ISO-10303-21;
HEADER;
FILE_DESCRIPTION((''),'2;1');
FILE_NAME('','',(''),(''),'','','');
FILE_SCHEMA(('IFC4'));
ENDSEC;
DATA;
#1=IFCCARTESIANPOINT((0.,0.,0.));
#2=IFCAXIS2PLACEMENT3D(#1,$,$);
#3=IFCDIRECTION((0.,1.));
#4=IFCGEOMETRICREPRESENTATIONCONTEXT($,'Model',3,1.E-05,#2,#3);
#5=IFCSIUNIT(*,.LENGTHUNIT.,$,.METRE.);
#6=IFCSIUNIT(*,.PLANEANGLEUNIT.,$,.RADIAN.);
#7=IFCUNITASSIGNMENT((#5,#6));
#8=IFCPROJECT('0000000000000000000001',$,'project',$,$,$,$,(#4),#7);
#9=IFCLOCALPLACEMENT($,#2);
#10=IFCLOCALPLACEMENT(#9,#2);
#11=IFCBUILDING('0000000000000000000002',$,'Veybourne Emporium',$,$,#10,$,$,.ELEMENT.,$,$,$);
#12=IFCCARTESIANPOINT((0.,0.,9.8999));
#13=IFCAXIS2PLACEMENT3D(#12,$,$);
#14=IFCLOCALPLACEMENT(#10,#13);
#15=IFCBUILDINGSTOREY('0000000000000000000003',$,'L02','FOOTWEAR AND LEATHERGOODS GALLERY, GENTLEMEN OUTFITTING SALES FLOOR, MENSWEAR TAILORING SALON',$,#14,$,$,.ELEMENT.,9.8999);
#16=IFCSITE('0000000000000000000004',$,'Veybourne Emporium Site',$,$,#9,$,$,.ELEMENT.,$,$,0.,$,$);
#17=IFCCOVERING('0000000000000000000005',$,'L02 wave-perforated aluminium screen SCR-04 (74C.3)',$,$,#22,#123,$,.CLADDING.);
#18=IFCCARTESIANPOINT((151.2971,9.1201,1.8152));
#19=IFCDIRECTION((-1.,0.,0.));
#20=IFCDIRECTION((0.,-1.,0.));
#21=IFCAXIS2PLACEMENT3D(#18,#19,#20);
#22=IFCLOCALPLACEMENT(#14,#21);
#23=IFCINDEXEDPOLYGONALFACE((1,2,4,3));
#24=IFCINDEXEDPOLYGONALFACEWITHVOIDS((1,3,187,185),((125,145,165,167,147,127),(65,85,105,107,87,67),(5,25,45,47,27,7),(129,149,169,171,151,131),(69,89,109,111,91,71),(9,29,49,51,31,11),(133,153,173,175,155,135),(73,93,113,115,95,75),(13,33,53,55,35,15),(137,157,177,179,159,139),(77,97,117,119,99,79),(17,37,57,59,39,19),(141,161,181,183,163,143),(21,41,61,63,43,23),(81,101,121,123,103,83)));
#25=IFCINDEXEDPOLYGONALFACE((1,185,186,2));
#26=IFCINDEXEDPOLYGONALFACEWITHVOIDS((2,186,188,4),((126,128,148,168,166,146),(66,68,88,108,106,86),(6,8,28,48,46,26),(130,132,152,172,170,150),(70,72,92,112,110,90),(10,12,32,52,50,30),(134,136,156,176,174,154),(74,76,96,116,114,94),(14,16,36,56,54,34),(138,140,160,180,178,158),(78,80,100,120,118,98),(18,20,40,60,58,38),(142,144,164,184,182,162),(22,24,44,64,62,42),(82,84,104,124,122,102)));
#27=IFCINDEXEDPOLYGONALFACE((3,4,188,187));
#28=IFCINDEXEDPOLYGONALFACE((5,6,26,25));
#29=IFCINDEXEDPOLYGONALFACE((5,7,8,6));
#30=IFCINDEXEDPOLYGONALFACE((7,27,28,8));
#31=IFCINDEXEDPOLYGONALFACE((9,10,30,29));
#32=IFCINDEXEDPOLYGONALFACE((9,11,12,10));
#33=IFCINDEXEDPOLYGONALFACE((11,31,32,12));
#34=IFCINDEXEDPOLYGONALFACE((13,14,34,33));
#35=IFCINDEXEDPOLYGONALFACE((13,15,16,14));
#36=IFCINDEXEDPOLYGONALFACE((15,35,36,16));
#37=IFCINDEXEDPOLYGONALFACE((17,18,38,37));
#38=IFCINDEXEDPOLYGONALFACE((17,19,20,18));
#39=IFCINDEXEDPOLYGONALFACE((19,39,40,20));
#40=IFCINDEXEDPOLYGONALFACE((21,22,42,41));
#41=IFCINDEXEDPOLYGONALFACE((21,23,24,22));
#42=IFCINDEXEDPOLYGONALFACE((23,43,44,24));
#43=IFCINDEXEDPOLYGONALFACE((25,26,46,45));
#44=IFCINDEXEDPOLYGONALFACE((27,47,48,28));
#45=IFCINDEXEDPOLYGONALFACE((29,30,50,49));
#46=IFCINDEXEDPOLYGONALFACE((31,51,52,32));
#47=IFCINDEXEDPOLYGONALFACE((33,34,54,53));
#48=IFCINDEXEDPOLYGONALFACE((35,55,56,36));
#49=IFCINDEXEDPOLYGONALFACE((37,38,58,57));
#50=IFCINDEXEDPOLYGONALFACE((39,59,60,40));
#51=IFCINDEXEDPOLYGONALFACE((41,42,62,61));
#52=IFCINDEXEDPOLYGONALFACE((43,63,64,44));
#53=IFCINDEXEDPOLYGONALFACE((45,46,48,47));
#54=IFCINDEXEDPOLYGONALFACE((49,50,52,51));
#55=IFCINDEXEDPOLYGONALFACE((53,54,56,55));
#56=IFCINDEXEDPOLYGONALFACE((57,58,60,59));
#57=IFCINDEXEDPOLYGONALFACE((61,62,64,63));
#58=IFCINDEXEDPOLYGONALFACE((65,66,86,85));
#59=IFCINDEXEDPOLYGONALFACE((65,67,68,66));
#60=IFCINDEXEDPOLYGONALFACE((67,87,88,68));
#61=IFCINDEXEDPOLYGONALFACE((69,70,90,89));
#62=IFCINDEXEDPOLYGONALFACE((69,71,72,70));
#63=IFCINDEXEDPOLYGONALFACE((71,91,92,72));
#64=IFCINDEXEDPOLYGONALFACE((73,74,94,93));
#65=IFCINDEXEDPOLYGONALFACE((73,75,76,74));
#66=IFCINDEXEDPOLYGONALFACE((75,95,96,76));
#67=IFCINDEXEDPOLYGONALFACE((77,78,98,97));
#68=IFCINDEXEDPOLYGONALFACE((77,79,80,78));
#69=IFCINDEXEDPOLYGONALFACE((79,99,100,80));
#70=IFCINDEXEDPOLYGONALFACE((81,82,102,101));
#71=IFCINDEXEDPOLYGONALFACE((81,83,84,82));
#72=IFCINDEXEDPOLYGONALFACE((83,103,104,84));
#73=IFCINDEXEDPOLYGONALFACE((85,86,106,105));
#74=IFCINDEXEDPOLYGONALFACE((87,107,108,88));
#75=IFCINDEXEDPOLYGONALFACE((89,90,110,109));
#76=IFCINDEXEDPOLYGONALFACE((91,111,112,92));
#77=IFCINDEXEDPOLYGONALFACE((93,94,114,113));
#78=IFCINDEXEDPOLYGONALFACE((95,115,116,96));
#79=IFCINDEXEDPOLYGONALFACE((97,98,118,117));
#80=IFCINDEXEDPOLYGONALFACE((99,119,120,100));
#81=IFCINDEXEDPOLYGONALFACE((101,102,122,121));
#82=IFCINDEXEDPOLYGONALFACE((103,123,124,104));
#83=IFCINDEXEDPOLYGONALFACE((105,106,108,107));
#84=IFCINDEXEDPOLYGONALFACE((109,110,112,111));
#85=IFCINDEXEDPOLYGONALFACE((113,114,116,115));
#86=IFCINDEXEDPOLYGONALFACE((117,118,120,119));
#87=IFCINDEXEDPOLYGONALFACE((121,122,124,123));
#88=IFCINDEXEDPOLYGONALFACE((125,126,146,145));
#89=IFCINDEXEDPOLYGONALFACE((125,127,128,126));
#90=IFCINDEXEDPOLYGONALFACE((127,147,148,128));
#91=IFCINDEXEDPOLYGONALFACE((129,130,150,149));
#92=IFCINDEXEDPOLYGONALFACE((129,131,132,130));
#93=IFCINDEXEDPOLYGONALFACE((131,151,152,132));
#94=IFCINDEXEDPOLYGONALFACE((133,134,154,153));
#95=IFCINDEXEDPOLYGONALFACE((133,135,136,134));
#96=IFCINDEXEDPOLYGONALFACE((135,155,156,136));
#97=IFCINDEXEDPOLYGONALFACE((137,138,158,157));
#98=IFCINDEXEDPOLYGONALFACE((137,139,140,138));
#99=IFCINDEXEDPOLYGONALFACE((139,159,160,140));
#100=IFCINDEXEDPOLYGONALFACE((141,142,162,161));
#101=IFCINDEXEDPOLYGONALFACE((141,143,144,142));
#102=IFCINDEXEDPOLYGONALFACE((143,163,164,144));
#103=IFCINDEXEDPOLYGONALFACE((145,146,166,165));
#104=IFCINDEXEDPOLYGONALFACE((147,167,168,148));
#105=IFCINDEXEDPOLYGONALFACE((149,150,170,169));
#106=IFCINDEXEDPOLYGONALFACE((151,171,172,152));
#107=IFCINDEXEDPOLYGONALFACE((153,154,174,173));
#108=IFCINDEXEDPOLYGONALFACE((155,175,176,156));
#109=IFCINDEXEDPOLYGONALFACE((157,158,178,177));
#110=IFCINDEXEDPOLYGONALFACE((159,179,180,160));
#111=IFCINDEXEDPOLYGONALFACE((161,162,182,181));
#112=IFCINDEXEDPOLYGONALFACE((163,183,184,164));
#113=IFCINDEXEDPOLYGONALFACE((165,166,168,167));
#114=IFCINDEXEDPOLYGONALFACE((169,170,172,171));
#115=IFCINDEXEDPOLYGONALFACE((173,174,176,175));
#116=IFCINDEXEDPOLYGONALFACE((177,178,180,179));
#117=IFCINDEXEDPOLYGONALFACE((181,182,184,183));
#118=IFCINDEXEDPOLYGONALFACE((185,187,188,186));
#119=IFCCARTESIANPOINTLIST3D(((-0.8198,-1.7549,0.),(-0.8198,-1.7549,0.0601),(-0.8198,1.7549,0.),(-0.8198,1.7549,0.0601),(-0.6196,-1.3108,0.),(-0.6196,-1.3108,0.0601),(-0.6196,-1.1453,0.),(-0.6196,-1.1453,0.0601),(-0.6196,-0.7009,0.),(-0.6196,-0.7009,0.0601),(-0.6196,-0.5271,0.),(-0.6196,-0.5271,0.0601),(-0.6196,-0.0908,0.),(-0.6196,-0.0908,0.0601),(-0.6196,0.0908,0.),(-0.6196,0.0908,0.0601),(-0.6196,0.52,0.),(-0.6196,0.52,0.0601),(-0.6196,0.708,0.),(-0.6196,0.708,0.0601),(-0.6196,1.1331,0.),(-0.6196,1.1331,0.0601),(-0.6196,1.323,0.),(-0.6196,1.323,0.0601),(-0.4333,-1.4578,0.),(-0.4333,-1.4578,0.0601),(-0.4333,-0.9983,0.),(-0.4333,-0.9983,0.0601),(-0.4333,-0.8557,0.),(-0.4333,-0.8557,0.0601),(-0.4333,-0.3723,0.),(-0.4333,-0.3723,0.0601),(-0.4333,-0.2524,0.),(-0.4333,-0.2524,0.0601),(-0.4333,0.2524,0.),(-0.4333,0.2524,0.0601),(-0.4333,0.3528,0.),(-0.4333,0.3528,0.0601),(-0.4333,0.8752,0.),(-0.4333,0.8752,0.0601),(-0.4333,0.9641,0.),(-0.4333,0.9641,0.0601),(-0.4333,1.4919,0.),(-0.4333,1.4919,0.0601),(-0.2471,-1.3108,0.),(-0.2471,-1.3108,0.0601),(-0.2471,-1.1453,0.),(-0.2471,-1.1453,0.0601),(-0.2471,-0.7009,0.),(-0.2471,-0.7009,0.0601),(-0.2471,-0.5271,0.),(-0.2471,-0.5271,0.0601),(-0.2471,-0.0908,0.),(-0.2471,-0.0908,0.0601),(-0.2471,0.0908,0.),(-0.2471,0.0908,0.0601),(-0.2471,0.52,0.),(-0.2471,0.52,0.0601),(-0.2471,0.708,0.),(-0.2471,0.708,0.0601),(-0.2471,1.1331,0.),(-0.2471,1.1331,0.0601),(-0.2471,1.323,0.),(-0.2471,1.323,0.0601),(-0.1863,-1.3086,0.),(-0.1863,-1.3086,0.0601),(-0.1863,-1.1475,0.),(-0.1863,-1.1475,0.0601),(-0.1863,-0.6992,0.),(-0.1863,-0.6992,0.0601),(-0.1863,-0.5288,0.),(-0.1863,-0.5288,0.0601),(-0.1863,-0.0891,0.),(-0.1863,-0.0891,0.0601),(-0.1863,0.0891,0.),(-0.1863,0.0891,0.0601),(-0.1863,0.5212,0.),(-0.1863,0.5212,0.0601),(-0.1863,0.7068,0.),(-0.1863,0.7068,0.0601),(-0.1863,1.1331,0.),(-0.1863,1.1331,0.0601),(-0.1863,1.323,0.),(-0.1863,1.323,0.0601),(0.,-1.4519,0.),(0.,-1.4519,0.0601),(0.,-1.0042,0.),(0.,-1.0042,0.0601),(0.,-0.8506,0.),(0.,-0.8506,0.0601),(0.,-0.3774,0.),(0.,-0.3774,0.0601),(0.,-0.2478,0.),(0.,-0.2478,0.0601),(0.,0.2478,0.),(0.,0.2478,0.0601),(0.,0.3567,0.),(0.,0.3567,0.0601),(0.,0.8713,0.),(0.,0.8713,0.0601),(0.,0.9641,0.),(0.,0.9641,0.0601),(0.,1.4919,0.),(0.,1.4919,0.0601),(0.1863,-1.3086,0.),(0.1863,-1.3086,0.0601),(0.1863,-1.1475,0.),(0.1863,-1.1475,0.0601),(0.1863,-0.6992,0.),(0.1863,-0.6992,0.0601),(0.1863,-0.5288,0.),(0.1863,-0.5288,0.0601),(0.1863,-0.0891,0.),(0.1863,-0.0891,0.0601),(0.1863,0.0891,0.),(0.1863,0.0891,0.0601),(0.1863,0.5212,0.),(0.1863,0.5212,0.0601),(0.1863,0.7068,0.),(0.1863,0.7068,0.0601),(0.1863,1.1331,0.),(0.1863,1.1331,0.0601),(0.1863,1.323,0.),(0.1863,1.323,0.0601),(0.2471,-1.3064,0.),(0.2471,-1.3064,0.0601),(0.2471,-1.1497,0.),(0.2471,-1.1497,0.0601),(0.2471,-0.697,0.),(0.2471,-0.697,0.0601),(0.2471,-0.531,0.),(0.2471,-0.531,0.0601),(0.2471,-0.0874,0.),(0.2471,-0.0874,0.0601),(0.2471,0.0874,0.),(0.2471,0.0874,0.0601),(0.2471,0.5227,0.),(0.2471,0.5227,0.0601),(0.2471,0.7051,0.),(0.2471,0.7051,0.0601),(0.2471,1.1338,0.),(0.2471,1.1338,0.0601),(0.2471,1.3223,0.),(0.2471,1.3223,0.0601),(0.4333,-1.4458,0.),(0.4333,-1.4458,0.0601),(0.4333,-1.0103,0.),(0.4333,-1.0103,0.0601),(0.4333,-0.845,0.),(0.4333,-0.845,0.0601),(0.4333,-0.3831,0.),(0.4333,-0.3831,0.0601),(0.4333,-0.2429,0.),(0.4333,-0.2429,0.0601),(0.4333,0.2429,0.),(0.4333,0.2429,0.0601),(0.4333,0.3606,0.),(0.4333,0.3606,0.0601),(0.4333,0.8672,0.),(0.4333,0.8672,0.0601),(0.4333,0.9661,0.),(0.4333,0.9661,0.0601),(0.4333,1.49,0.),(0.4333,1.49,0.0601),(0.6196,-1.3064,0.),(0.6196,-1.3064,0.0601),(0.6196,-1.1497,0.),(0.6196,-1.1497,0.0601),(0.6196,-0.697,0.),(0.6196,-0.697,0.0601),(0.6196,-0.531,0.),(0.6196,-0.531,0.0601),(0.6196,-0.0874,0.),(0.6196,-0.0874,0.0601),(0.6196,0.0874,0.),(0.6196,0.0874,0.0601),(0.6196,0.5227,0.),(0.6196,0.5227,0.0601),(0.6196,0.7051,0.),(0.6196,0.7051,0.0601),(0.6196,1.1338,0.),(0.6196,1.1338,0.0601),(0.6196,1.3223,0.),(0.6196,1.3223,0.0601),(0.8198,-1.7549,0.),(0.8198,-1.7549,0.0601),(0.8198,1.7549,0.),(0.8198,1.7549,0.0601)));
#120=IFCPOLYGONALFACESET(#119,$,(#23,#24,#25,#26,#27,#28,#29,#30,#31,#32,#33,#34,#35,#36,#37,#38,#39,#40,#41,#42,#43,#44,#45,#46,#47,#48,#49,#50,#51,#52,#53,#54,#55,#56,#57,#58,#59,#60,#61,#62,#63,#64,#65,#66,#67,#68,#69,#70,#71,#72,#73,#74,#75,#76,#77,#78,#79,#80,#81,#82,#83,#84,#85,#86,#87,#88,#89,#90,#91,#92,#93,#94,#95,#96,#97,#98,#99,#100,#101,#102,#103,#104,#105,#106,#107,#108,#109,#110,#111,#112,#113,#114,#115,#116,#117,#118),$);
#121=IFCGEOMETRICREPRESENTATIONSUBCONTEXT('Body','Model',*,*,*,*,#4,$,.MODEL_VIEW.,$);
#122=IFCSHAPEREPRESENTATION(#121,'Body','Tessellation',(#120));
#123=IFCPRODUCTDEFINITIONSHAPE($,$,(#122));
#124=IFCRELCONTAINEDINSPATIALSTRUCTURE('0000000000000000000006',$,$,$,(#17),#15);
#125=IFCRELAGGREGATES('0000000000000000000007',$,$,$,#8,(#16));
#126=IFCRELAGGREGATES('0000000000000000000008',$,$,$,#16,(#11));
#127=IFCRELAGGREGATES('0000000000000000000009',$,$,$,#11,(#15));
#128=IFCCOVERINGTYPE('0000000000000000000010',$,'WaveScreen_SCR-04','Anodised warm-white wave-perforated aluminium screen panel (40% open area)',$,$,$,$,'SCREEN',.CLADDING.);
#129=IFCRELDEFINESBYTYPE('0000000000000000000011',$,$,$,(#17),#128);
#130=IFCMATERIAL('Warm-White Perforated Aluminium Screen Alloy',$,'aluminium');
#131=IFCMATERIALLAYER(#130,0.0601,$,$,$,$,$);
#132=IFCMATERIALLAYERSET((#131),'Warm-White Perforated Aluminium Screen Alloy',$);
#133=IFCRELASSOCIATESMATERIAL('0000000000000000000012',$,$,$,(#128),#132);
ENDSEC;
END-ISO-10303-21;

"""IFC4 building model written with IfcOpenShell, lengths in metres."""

from ifc_helpers import new_model, si_unit, direction, frame, origin, place, context, subcontext, project, spatial, polyline, outline, extrude, material, layer, layer_set, type_object, element, save


model = new_model("IFC4")

# Units and contexts
model_context = context("Model", 3, precision=1e-05, world=origin(), true_north=direction((0.0, 1.0)))
body_context = subcontext(model_context, "Body", "Model", "MODEL_VIEW")
ifc_project = project(units=[si_unit("LENGTHUNIT", "METRE"), si_unit("PLANEANGLEUNIT", "RADIAN")], contexts=[model_context])

# Site, building, storey
site_placement = place(None, origin())
site = spatial("IfcSite", under=ifc_project, at=site_placement, Name="Veybourne Emporium Site", CompositionType="ELEMENT", RefElevation=0.0)
building_placement = place(site_placement, origin())
building = spatial("IfcBuilding", under=site, at=building_placement, Name="Veybourne Emporium", CompositionType="ELEMENT")
storey_placement = place(building_placement, frame((0.0, 0.0, 9.8999)))
storey = spatial("IfcBuildingStorey", under=building, at=storey_placement, Name="L02", Description="FOOTWEAR AND LEATHERGOODS GALLERY, GENTLEMEN OUTFITTING SALES FLOOR, MENSWEAR TAILORING SALON", CompositionType="ELEMENT", Elevation=9.8999)

# Covering
ifc_material_1 = material(Name="Warm-White Perforated Aluminium Screen Alloy", Category="aluminium")
ifc_layer_1 = layer(ifc_material_1, 0.0601)
ifc_layer_set_1 = layer_set([ifc_layer_1], Name="Warm-White Perforated Aluminium Screen Alloy")
covering_type_1 = type_object("IfcCoveringType", Name="WaveScreen_SCR-04", Description="Anodised warm-white wave-perforated aluminium screen panel (40% open area)", ElementType="SCREEN", PredefinedType="CLADDING", material=ifc_layer_set_1)
covering_1_placement = place(storey_placement, frame((151.2971, 9.1201, 1.8152), z_axis=(-1.0, 0.0, 0.0), x_axis=(0.0, -1.0, 0.0)))
element("IfcCovering", 1, at=covering_1_placement, inside=storey, type_object=covering_type_1, Name="L02 wave-perforated aluminium screen SCR-04 (74C.3)", PredefinedType="CLADDING", context=body_context, shape_type="SweptSolid", body=[
    extrude(outline(polyline([(-0.8198, -1.7549), (0.8198, -1.7549), (0.8198, 1.7549), (-0.8198, 1.7549), (-0.8198, -1.7549)]), holes=[polyline([(-0.4333, -0.9983), (-0.2471, -1.1453), (-0.2471, -1.3108), (-0.4333, -1.4578), (-0.6196, -1.3108), (-0.6196, -1.1453), (-0.4333, -0.9983)]), polyline([(-0.4333, -0.3723), (-0.2471, -0.5271), (-0.2471, -0.7009), (-0.4333, -0.8557), (-0.6196, -0.7009), (-0.6196, -0.5271), (-0.4333, -0.3723)]), polyline([(-0.4333, 0.2524), (-0.2471, 0.0908), (-0.2471, -0.0908), (-0.4333, -0.2524), (-0.6196, -0.0908), (-0.6196, 0.0908), (-0.4333, 0.2524)]), polyline([(-0.4333, 0.8752), (-0.2471, 0.708), (-0.2471, 0.52), (-0.4333, 0.3528), (-0.6196, 0.52), (-0.6196, 0.708), (-0.4333, 0.8752)]), polyline([(-0.4333, 1.4919), (-0.2471, 1.323), (-0.2471, 1.1331), (-0.4333, 0.9641), (-0.6196, 1.1331), (-0.6196, 1.323), (-0.4333, 1.4919)]), polyline([(0.0, -1.0042), (0.1863, -1.1475), (0.1863, -1.3086), (0.0, -1.4519), (-0.1863, -1.3086), (-0.1863, -1.1475), (0.0, -1.0042)]), polyline([(0.0, -0.3774), (0.1863, -0.5288), (0.1863, -0.6992), (0.0, -0.8506), (-0.1863, -0.6992), (-0.1863, -0.5288), (0.0, -0.3774)]), polyline([(0.0, 0.2478), (0.1863, 0.0891), (0.1863, -0.0891), (0.0, -0.2478), (-0.1863, -0.0891), (-0.1863, 0.0891), (0.0, 0.2478)]), polyline([(0.0, 0.8713), (0.1863, 0.7068), (0.1863, 0.5212), (0.0, 0.3567), (-0.1863, 0.5212), (-0.1863, 0.7068), (0.0, 0.8713)]), polyline([(0.0, 1.4919), (0.1863, 1.323), (0.1863, 1.1331), (0.0, 0.9641), (-0.1863, 1.1331), (-0.1863, 1.323), (0.0, 1.4919)]), polyline([(0.4333, -1.0103), (0.6196, -1.1497), (0.6196, -1.3064), (0.4333, -1.4458), (0.2471, -1.3064), (0.2471, -1.1497), (0.4333, -1.0103)]), polyline([(0.4333, -0.3831), (0.6196, -0.531), (0.6196, -0.697), (0.4333, -0.845), (0.2471, -0.697), (0.2471, -0.531), (0.4333, -0.3831)]), polyline([(0.4333, 0.2429), (0.6196, 0.0874), (0.6196, -0.0874), (0.4333, -0.2429), (0.2471, -0.0874), (0.2471, 0.0874), (0.4333, 0.2429)]), polyline([(0.4333, 0.8672), (0.6196, 0.7051), (0.6196, 0.5227), (0.4333, 0.3606), (0.2471, 0.5227), (0.2471, 0.7051), (0.4333, 0.8672)]), polyline([(0.4333, 1.49), (0.6196, 1.3223), (0.6196, 1.1338), (0.4333, 0.9661), (0.2471, 1.1338), (0.2471, 1.3223), (0.4333, 1.49)])]), origin(), (0.0, 0.0, 1.0), 0.0601),
])

save(model, "model.ifc")
